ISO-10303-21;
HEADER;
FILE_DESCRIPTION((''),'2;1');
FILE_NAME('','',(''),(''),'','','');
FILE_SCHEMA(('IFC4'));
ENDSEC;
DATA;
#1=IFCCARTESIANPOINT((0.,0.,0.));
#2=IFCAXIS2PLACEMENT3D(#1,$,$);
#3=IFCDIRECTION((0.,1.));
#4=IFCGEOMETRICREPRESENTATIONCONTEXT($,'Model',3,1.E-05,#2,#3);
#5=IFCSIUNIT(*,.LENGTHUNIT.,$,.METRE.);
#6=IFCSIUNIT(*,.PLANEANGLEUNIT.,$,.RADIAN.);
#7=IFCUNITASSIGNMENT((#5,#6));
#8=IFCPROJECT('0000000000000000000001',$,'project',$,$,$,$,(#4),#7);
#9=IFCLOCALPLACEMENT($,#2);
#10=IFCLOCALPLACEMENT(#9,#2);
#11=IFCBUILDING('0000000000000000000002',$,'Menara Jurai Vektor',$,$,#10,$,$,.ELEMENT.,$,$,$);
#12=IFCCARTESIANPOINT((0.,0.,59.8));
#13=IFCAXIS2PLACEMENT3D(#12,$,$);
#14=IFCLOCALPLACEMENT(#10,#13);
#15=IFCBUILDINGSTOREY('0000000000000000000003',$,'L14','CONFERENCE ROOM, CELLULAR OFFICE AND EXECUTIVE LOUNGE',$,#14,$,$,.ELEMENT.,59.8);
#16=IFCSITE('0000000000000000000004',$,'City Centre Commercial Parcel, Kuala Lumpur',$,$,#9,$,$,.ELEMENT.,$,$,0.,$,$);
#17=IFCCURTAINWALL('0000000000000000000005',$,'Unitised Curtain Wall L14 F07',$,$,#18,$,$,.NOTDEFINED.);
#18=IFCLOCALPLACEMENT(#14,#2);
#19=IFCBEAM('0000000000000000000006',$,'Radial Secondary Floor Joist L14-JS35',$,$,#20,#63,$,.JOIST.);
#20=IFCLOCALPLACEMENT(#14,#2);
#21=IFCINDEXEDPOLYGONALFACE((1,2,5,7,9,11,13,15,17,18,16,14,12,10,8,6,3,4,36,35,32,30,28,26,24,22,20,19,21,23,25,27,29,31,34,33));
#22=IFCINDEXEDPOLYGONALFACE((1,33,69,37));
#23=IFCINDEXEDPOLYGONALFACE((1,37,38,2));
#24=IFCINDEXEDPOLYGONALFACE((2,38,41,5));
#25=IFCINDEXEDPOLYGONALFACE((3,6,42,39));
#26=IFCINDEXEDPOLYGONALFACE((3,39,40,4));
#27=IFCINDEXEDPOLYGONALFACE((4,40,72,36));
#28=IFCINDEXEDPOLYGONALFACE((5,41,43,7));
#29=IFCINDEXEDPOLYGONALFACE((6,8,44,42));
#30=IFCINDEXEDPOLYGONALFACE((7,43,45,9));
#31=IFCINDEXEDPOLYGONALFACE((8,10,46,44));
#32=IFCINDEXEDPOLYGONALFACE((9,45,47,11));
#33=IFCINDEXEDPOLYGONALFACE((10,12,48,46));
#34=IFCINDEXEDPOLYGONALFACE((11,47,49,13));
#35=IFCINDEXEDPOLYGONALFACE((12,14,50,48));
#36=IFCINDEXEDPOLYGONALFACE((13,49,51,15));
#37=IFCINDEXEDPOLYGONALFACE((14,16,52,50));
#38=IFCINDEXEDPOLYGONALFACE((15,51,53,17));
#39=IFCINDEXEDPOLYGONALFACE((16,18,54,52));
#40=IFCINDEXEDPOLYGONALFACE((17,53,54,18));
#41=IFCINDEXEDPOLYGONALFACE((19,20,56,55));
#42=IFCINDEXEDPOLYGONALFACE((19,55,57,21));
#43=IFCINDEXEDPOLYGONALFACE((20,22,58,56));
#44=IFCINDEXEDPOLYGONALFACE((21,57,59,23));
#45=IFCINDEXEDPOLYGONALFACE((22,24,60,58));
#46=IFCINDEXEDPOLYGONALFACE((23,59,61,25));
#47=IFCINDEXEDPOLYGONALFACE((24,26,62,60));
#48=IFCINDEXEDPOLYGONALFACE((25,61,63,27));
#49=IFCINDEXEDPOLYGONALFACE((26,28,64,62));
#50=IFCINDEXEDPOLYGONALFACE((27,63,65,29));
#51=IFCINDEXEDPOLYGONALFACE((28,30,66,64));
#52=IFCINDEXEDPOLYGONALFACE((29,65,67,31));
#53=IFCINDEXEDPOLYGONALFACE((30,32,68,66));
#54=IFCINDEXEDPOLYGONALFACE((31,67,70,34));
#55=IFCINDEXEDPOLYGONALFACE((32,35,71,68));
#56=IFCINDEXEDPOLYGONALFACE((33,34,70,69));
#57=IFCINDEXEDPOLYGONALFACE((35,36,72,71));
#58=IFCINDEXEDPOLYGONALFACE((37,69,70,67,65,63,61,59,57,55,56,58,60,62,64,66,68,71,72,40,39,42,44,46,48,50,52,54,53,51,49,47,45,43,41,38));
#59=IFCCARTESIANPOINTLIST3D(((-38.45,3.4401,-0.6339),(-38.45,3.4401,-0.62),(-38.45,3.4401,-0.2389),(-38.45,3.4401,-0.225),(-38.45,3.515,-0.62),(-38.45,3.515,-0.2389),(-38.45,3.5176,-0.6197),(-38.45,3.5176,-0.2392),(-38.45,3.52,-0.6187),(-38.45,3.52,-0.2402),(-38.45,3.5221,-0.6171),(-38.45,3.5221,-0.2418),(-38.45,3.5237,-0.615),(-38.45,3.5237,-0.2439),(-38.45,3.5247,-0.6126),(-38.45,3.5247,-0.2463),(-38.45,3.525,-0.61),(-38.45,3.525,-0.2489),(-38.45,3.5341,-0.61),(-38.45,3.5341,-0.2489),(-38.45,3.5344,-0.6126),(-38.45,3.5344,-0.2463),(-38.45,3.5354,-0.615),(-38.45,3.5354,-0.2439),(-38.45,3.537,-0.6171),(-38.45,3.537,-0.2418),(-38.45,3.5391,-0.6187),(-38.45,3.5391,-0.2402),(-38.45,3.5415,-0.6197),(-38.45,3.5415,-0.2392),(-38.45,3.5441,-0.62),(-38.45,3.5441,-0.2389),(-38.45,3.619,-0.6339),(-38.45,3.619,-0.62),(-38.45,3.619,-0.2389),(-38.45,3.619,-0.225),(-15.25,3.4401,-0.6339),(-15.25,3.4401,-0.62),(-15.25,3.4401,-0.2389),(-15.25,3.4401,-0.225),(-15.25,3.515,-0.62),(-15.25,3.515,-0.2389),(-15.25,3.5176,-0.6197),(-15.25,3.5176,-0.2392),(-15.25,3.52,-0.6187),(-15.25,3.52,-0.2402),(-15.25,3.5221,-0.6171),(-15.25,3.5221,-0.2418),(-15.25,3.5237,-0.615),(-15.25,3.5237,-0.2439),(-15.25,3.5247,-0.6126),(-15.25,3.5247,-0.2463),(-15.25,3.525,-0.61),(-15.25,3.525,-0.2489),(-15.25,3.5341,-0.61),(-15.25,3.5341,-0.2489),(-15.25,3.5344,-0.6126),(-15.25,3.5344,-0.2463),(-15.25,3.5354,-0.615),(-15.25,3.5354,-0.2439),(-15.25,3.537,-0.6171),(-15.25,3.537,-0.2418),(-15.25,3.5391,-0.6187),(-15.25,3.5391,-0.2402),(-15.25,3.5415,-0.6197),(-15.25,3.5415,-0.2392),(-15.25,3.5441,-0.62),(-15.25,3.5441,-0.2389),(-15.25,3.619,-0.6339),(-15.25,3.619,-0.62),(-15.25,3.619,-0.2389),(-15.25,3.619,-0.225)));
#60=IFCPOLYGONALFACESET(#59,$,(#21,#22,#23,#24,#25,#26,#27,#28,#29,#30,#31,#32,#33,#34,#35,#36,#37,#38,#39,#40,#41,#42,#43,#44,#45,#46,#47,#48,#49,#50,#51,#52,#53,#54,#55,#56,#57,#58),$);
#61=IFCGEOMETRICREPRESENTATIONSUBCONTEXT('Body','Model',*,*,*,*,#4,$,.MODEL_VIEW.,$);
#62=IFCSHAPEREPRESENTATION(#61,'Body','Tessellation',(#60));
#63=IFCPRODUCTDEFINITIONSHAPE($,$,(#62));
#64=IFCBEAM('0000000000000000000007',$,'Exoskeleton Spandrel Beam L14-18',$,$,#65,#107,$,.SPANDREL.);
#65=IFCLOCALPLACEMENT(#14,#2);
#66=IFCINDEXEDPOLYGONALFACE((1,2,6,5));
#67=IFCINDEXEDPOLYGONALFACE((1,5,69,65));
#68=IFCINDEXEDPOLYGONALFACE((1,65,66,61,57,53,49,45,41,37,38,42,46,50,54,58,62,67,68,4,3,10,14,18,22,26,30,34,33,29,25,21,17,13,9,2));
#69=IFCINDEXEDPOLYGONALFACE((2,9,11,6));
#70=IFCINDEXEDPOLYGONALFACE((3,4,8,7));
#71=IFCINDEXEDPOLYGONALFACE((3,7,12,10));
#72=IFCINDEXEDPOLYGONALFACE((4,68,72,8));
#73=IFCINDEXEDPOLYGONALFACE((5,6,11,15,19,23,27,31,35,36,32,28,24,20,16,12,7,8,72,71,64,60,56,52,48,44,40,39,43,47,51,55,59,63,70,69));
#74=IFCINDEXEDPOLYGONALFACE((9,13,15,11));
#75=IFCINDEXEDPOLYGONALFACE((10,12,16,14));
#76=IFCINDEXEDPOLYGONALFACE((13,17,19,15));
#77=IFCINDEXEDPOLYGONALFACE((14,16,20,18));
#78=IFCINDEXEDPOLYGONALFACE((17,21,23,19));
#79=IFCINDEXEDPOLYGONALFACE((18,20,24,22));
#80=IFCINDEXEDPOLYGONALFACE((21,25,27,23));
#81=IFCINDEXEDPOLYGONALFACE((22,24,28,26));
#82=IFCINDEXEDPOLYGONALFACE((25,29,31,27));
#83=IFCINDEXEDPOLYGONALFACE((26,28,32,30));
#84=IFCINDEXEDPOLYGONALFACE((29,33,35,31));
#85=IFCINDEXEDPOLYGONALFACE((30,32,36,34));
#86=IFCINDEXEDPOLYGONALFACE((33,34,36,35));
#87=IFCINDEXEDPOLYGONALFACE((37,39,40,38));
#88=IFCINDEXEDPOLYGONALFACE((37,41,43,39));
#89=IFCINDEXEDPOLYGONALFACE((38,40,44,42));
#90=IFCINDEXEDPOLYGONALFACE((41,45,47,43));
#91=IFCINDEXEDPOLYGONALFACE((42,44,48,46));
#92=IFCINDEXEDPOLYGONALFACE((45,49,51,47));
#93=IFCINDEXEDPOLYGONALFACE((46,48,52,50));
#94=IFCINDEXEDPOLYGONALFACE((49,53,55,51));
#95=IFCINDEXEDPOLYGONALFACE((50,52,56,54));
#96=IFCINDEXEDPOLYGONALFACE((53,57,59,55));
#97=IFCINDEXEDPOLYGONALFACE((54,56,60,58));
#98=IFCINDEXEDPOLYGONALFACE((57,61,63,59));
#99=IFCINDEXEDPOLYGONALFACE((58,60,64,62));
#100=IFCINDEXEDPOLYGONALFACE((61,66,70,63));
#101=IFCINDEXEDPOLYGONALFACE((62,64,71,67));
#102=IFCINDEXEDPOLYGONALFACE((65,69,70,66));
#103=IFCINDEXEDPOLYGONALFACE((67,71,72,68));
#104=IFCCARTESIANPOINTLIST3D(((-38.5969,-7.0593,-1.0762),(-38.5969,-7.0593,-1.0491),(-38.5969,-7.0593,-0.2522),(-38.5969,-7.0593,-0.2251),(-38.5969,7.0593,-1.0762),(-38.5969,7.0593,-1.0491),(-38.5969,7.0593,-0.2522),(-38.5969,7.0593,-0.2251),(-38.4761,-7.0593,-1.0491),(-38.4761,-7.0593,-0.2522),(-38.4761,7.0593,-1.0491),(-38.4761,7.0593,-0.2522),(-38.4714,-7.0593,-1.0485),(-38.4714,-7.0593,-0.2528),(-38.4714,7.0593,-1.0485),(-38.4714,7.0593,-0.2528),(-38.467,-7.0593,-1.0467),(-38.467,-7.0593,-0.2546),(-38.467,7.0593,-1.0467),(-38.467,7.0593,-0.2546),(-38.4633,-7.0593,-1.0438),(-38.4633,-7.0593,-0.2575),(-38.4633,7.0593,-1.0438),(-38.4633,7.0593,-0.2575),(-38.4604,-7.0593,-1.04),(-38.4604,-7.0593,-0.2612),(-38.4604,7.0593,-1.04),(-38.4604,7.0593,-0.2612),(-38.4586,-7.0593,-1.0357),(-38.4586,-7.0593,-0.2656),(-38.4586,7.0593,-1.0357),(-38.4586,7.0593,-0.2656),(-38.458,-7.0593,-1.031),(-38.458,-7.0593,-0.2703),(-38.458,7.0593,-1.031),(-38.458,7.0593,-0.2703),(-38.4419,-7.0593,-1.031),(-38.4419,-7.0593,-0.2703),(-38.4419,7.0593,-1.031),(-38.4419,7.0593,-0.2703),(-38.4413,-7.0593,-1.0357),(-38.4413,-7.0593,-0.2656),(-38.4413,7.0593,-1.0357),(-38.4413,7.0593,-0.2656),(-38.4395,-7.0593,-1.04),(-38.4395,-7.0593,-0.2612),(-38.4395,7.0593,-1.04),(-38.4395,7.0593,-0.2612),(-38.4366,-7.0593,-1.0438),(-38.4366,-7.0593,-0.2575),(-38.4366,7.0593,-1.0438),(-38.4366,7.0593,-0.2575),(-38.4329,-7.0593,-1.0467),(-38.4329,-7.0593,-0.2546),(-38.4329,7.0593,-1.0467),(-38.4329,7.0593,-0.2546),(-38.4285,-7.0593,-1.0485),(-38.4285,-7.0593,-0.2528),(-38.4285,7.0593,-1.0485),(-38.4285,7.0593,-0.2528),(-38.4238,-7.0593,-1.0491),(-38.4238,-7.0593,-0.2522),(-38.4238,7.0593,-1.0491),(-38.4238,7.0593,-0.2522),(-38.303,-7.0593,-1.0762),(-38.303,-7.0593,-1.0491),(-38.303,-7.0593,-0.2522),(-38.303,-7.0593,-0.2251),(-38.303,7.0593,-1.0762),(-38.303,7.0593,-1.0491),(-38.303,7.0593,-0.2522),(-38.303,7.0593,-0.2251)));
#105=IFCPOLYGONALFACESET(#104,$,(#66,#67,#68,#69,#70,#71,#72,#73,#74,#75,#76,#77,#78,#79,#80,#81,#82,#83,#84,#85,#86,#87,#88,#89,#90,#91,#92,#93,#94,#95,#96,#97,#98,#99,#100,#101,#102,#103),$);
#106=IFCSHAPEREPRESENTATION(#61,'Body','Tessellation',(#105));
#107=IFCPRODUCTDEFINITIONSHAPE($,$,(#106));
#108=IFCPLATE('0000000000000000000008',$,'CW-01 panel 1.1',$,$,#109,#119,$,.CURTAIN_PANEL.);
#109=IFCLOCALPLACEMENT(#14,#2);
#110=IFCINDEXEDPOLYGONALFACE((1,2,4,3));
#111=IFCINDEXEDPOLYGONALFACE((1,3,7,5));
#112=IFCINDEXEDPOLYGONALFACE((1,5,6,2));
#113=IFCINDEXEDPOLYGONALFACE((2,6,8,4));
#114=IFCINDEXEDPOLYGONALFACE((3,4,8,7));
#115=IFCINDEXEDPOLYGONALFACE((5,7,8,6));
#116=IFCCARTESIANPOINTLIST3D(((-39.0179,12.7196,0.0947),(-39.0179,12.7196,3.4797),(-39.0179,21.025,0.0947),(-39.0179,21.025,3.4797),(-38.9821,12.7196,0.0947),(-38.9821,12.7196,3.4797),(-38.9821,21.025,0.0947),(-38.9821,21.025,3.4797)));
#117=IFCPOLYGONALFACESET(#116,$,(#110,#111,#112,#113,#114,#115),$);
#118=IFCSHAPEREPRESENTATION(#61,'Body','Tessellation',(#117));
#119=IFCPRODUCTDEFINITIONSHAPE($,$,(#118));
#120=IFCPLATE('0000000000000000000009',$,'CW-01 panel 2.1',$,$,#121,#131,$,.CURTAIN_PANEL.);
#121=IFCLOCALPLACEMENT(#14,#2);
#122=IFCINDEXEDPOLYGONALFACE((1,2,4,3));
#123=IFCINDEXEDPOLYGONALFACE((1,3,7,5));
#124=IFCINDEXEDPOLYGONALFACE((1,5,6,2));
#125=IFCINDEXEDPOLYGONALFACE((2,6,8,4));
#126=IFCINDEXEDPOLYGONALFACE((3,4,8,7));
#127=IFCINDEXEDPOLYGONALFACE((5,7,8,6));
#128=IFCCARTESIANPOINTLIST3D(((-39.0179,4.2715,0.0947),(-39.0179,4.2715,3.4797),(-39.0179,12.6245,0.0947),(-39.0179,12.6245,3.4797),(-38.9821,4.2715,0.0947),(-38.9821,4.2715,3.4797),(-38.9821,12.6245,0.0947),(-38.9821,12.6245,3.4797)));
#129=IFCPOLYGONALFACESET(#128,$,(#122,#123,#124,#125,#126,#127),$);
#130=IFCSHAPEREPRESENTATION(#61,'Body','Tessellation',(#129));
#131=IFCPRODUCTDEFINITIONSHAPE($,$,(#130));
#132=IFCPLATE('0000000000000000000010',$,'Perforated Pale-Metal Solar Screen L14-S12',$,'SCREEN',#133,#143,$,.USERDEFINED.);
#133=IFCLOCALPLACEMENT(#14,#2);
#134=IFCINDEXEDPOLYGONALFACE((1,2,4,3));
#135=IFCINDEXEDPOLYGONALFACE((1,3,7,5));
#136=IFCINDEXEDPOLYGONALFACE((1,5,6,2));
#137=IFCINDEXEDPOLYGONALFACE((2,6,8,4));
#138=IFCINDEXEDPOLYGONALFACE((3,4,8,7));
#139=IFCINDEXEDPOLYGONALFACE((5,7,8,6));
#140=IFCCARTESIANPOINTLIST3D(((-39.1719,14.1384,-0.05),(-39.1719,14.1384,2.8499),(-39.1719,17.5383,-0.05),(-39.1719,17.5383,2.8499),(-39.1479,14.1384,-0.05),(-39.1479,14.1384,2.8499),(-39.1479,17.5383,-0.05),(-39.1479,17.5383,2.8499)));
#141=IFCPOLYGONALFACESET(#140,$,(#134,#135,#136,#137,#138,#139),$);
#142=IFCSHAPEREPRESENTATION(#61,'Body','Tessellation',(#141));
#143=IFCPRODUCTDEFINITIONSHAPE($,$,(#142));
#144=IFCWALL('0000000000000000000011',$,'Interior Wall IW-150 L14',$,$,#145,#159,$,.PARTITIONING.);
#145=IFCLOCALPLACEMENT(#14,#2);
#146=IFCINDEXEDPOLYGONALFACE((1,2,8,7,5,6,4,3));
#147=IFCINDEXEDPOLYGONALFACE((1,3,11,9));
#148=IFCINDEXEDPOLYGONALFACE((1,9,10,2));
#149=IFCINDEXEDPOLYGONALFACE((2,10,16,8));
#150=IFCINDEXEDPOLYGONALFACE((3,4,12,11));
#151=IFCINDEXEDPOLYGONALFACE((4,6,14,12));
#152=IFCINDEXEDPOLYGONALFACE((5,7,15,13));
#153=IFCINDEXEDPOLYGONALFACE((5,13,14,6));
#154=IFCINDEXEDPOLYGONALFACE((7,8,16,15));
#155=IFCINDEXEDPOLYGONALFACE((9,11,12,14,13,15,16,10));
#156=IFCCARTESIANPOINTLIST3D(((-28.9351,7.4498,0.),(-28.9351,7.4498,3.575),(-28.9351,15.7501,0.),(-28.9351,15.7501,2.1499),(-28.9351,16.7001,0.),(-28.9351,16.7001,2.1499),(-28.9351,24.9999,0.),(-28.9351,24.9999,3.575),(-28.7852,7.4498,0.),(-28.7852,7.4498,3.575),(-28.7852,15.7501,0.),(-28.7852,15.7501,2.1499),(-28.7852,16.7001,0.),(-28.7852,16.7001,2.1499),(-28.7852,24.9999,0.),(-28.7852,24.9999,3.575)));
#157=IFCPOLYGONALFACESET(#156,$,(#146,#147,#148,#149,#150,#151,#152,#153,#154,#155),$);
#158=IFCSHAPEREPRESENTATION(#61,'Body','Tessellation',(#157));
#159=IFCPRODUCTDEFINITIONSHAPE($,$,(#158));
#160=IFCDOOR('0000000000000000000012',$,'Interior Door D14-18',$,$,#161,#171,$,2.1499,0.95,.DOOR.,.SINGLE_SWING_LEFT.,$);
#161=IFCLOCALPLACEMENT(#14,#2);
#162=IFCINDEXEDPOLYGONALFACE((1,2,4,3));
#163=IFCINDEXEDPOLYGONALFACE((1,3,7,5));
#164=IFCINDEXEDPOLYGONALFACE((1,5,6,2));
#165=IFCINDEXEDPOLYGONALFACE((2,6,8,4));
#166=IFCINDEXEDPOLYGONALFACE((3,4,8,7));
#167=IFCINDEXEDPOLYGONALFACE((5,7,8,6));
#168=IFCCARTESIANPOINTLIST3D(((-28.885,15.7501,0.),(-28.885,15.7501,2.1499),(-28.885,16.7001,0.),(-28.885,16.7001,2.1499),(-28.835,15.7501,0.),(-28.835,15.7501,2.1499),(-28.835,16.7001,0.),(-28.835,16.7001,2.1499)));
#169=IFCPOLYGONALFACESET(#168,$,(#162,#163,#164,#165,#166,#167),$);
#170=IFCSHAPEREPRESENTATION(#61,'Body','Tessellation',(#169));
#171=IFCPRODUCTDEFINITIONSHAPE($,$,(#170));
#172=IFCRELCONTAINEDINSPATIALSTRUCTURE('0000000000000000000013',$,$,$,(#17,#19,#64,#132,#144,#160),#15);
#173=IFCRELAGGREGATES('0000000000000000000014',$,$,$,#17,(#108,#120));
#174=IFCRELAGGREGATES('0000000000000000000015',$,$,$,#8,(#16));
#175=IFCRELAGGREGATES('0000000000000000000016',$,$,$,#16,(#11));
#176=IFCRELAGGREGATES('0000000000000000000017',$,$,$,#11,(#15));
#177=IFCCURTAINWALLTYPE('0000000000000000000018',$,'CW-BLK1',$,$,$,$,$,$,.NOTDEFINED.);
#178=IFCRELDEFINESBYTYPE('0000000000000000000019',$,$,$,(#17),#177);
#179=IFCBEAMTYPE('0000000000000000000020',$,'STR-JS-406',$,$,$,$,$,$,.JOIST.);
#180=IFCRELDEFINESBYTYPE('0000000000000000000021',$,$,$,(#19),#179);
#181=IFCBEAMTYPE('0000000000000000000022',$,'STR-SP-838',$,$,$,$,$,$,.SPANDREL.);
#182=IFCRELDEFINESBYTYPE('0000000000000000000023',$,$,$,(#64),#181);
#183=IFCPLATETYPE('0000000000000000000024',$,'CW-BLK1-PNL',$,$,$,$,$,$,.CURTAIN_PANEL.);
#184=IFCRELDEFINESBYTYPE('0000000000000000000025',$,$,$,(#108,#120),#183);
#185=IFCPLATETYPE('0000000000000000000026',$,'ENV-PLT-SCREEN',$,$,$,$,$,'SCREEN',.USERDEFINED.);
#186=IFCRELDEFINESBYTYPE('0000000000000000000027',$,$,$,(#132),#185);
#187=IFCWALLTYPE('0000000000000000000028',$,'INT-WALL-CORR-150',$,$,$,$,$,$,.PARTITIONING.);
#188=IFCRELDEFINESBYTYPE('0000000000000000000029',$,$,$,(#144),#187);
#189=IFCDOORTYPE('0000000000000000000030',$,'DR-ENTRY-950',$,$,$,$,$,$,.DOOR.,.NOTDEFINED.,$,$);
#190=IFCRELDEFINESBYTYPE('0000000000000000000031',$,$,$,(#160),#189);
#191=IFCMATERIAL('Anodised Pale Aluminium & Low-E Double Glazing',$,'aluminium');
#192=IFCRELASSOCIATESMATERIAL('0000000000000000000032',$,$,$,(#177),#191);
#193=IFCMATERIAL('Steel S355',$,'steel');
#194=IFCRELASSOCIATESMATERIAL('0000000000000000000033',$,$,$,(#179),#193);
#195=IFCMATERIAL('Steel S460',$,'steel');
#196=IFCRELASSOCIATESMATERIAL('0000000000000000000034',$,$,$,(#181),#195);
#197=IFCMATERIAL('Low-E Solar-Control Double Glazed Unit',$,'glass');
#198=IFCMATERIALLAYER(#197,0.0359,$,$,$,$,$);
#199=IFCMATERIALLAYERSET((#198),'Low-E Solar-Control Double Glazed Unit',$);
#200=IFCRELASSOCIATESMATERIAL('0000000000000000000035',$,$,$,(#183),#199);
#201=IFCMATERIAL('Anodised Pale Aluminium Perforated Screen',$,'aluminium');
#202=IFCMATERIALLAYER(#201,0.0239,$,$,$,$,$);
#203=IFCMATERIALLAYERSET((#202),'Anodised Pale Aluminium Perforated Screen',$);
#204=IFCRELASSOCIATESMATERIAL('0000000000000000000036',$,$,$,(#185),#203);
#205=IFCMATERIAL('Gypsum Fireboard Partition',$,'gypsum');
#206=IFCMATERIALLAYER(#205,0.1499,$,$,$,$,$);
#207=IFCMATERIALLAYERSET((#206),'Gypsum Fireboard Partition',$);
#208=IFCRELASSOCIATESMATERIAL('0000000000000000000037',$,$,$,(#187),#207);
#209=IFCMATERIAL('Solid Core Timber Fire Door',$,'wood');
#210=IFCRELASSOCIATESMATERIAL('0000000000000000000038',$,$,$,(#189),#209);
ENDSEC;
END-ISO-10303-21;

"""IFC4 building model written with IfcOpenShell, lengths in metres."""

from ifc_helpers import new_model, si_unit, direction, frame, frame_2d, origin, origin_2d, place, context, subcontext, project, spatial, rectangle, i_section, extrude, material, layer, layer_set, material_profile, profile_set, type_object, element, fill, aggregate, save


model = new_model("IFC4")

# Units and contexts
model_context = context("Model", 3, precision=1e-05, world=origin(), true_north=direction((0.0, 1.0)))
body_context = subcontext(model_context, "Body", "Model", "MODEL_VIEW")
ifc_project = project(units=[si_unit("LENGTHUNIT", "METRE"), si_unit("PLANEANGLEUNIT", "RADIAN")], contexts=[model_context])

# Site, building, storey
site_placement = place(None, origin())
site = spatial("IfcSite", under=ifc_project, at=site_placement, Name="City Centre Commercial Parcel, Kuala Lumpur", CompositionType="ELEMENT", RefElevation=0.0)
building_placement = place(site_placement, origin())
building = spatial("IfcBuilding", under=site, at=building_placement, Name="Menara Jurai Vektor", CompositionType="ELEMENT")
storey_placement = place(building_placement, frame((0.0, 0.0, 59.8)))
storey = spatial("IfcBuildingStorey", under=building, at=storey_placement, Name="L14", Description="CONFERENCE ROOM, CELLULAR OFFICE AND EXECUTIVE LOUNGE", CompositionType="ELEMENT", Elevation=59.8)

# Shared definitions
ifc_material_1 = material(Name="Steel S460", Category="steel")

# Curtain wall
ifc_material_2 = material(Name="Anodised Pale Aluminium & Low-E Double Glazing", Category="aluminium")
curtain_wall_type = type_object("IfcCurtainWallType", Name="CW-BLK1", PredefinedType="NOTDEFINED", material=ifc_material_2)
curtain_wall_placement = place(storey_placement, origin())
curtain_wall = element("IfcCurtainWall", 1, at=curtain_wall_placement, inside=storey, type_object=curtain_wall_type, Name="Unitised Curtain Wall L14 F07", PredefinedType="NOTDEFINED")

# Beams
ifc_material_3 = material(Name="Steel S355", Category="steel")
ifc_material_profile_1 = material_profile(ifc_material_3, i_section(OverallWidth=0.179, OverallDepth=0.4089, WebThickness=0.009, FlangeThickness=0.0139, FilletRadius=0.01, at=origin_2d()), Name="UKB 406x178x67")
ifc_profile_set_1 = profile_set([ifc_material_profile_1], Name="Steel S355")
beam_type_1 = type_object("IfcBeamType", Name="STR-JS-406", PredefinedType="JOIST", material=ifc_profile_set_1)
beam_1_placement = place(storey_placement, frame((-38.45, 3.5295, -0.4294), z_axis=(1.0, 0.0, 0.0), x_axis=(0.0, 1.0, 0.0)))
element("IfcBeam", 2, at=beam_1_placement, inside=storey, type_object=beam_type_1, Name="Radial Secondary Floor Joist L14-JS35", PredefinedType="JOIST", context=body_context, shape_type="SweptSolid", body=[
    extrude(i_section(OverallWidth=0.179, OverallDepth=0.4089, WebThickness=0.009, FlangeThickness=0.0139, FilletRadius=0.01, at=origin_2d()), origin(), (0.0, 0.0, 1.0), 23.2),
])
ifc_material_profile_2 = material_profile(ifc_material_1, i_section(OverallWidth=0.2939, OverallDepth=0.8511, WebThickness=0.0161, FlangeThickness=0.0271, FilletRadius=0.0181, at=origin_2d()), Name="UKB 838x292x226")
ifc_profile_set_2 = profile_set([ifc_material_profile_2], Name="Steel S460")
beam_type_2 = type_object("IfcBeamType", Name="STR-SP-838", PredefinedType="SPANDREL", material=ifc_profile_set_2)
beam_2_placement = place(storey_placement, frame((-38.45, 7.0593, -0.6506), z_axis=(0.0, -1.0, 0.0), x_axis=(1.0, 0.0, 0.0)))
element("IfcBeam", 3, at=beam_2_placement, inside=storey, type_object=beam_type_2, Name="Exoskeleton Spandrel Beam L14-18", PredefinedType="SPANDREL", context=body_context, shape_type="SweptSolid", body=[
    extrude(i_section(OverallWidth=0.2939, OverallDepth=0.8511, WebThickness=0.0161, FlangeThickness=0.0271, FilletRadius=0.0181, at=origin_2d()), origin(), (0.0, 0.0, 1.0), 14.1187),
])

# Plates
ifc_material_4 = material(Name="Low-E Solar-Control Double Glazed Unit", Category="glass")
ifc_layer_1 = layer(ifc_material_4, 0.0359)
ifc_layer_set_1 = layer_set([ifc_layer_1], Name="Low-E Solar-Control Double Glazed Unit")
plate_type_1 = type_object("IfcPlateType", Name="CW-BLK1-PNL", PredefinedType="CURTAIN_PANEL", material=ifc_layer_set_1)
plate_1_placement = place(storey_placement, frame((-39.0, 16.8723, 0.0947), z_axis=(0.0, 0.0, 1.0), x_axis=(0.0, -1.0, 0.0)))
plate_1 = element("IfcPlate", 4, at=plate_1_placement, type_object=plate_type_1, Name="CW-01 panel 1.1", PredefinedType="CURTAIN_PANEL", context=body_context, shape_type="SweptSolid", body=[
    extrude(rectangle(XDim=8.3054, YDim=0.0359, at=origin_2d()), origin(), (0.0, 0.0, 1.0), 3.385),
])
plate_2_placement = place(storey_placement, frame((-39.0, 8.448, 0.0947), z_axis=(0.0, 0.0, 1.0), x_axis=(0.0, -1.0, 0.0)))
plate_2 = element("IfcPlate", 5, at=plate_2_placement, type_object=plate_type_1, Name="CW-01 panel 2.1", PredefinedType="CURTAIN_PANEL", context=body_context, shape_type="SweptSolid", body=[
    extrude(rectangle(XDim=8.353, YDim=0.0359, at=origin_2d()), origin(), (0.0, 0.0, 1.0), 3.385),
])
aggregate(curtain_wall, [plate_1, plate_2])
ifc_material_5 = material(Name="Anodised Pale Aluminium Perforated Screen", Category="aluminium")
ifc_layer_2 = layer(ifc_material_5, 0.0239)
ifc_layer_set_2 = layer_set([ifc_layer_2], Name="Anodised Pale Aluminium Perforated Screen")
plate_type_2 = type_object("IfcPlateType", Name="ENV-PLT-SCREEN", ElementType="SCREEN", PredefinedType="USERDEFINED", material=ifc_layer_set_2)
plate_3_placement = place(storey_placement, frame((-39.1599, 15.8384, -0.05), z_axis=(0.0, 0.0, 1.0), x_axis=(0.0, -1.0, 0.0)))
element("IfcPlate", 6, at=plate_3_placement, inside=storey, type_object=plate_type_2, Name="Perforated Pale-Metal Solar Screen L14-S12", ObjectType="SCREEN", PredefinedType="USERDEFINED", context=body_context, shape_type="SweptSolid", body=[
    extrude(rectangle(XDim=3.3999, YDim=0.0239, at=origin_2d()), origin(), (0.0, 0.0, 1.0), 2.8999),
])

# Wall, opening, door
ifc_material_6 = material(Name="Gypsum Fireboard Partition", Category="gypsum")
ifc_layer_3 = layer(ifc_material_6, 0.1499)
ifc_layer_set_3 = layer_set([ifc_layer_3], Name="Gypsum Fireboard Partition")
wall_type_1 = type_object("IfcWallType", Name="INT-WALL-CORR-150", PredefinedType="PARTITIONING", material=ifc_layer_set_3)
wall_1_placement = place(storey_placement, frame((-28.8601, 7.45, 0.0), z_axis=(0.0, 0.0, 1.0), x_axis=(0.0, 1.0, 0.0)))
wall_1 = element("IfcWall", 7, at=wall_1_placement, inside=storey, type_object=wall_type_1, Name="Interior Wall IW-150 L14", PredefinedType="PARTITIONING", context=body_context, shape_type="SweptSolid", body=[
    extrude(rectangle(XDim=17.55, YDim=0.1499, at=frame_2d((8.7749, 0.0))), origin(), (0.0, 0.0, 1.0), 3.575),
])
opening_1_placement = place(wall_1_placement, frame((8.3, 0.0, 0.0)))
opening_1 = element("IfcOpeningElement", 8, at=opening_1_placement, cuts=wall_1, PredefinedType="OPENING", context=body_context, shape_type="SweptSolid", body=[
    extrude(rectangle(XDim=0.95, YDim=2.1499, at=frame_2d((0.4751, 1.075))), frame((0.0, 0.085, 0.0), z_axis=(0.0, -1.0, 0.0), x_axis=(1.0, 0.0, 0.0)), (0.0, 0.0, 1.0), 0.1699),
])
ifc_material_7 = material(Name="Solid Core Timber Fire Door", Category="wood")
door_type = type_object("IfcDoorType", Name="DR-ENTRY-950", OperationType="NOTDEFINED", PredefinedType="DOOR", material=ifc_material_7)
door_1_placement = place(opening_1_placement, origin())
door_1 = element("IfcDoor", 9, at=door_1_placement, inside=storey, type_object=door_type, Name="Interior Door D14-18", OperationType="SINGLE_SWING_LEFT", OverallHeight=2.1499, OverallWidth=0.95, PredefinedType="DOOR", context=body_context, shape_type="SweptSolid", body=[
    extrude(rectangle(XDim=0.95, YDim=2.1499, at=frame_2d((0.4751, 1.075))), frame((0.0, 0.0249, 0.0), z_axis=(0.0, -1.0, 0.0), x_axis=(1.0, 0.0, 0.0)), (0.0, 0.0, 1.0), 0.05),
])
fill(opening_1, door_1)

save(model, "model.ifc")
